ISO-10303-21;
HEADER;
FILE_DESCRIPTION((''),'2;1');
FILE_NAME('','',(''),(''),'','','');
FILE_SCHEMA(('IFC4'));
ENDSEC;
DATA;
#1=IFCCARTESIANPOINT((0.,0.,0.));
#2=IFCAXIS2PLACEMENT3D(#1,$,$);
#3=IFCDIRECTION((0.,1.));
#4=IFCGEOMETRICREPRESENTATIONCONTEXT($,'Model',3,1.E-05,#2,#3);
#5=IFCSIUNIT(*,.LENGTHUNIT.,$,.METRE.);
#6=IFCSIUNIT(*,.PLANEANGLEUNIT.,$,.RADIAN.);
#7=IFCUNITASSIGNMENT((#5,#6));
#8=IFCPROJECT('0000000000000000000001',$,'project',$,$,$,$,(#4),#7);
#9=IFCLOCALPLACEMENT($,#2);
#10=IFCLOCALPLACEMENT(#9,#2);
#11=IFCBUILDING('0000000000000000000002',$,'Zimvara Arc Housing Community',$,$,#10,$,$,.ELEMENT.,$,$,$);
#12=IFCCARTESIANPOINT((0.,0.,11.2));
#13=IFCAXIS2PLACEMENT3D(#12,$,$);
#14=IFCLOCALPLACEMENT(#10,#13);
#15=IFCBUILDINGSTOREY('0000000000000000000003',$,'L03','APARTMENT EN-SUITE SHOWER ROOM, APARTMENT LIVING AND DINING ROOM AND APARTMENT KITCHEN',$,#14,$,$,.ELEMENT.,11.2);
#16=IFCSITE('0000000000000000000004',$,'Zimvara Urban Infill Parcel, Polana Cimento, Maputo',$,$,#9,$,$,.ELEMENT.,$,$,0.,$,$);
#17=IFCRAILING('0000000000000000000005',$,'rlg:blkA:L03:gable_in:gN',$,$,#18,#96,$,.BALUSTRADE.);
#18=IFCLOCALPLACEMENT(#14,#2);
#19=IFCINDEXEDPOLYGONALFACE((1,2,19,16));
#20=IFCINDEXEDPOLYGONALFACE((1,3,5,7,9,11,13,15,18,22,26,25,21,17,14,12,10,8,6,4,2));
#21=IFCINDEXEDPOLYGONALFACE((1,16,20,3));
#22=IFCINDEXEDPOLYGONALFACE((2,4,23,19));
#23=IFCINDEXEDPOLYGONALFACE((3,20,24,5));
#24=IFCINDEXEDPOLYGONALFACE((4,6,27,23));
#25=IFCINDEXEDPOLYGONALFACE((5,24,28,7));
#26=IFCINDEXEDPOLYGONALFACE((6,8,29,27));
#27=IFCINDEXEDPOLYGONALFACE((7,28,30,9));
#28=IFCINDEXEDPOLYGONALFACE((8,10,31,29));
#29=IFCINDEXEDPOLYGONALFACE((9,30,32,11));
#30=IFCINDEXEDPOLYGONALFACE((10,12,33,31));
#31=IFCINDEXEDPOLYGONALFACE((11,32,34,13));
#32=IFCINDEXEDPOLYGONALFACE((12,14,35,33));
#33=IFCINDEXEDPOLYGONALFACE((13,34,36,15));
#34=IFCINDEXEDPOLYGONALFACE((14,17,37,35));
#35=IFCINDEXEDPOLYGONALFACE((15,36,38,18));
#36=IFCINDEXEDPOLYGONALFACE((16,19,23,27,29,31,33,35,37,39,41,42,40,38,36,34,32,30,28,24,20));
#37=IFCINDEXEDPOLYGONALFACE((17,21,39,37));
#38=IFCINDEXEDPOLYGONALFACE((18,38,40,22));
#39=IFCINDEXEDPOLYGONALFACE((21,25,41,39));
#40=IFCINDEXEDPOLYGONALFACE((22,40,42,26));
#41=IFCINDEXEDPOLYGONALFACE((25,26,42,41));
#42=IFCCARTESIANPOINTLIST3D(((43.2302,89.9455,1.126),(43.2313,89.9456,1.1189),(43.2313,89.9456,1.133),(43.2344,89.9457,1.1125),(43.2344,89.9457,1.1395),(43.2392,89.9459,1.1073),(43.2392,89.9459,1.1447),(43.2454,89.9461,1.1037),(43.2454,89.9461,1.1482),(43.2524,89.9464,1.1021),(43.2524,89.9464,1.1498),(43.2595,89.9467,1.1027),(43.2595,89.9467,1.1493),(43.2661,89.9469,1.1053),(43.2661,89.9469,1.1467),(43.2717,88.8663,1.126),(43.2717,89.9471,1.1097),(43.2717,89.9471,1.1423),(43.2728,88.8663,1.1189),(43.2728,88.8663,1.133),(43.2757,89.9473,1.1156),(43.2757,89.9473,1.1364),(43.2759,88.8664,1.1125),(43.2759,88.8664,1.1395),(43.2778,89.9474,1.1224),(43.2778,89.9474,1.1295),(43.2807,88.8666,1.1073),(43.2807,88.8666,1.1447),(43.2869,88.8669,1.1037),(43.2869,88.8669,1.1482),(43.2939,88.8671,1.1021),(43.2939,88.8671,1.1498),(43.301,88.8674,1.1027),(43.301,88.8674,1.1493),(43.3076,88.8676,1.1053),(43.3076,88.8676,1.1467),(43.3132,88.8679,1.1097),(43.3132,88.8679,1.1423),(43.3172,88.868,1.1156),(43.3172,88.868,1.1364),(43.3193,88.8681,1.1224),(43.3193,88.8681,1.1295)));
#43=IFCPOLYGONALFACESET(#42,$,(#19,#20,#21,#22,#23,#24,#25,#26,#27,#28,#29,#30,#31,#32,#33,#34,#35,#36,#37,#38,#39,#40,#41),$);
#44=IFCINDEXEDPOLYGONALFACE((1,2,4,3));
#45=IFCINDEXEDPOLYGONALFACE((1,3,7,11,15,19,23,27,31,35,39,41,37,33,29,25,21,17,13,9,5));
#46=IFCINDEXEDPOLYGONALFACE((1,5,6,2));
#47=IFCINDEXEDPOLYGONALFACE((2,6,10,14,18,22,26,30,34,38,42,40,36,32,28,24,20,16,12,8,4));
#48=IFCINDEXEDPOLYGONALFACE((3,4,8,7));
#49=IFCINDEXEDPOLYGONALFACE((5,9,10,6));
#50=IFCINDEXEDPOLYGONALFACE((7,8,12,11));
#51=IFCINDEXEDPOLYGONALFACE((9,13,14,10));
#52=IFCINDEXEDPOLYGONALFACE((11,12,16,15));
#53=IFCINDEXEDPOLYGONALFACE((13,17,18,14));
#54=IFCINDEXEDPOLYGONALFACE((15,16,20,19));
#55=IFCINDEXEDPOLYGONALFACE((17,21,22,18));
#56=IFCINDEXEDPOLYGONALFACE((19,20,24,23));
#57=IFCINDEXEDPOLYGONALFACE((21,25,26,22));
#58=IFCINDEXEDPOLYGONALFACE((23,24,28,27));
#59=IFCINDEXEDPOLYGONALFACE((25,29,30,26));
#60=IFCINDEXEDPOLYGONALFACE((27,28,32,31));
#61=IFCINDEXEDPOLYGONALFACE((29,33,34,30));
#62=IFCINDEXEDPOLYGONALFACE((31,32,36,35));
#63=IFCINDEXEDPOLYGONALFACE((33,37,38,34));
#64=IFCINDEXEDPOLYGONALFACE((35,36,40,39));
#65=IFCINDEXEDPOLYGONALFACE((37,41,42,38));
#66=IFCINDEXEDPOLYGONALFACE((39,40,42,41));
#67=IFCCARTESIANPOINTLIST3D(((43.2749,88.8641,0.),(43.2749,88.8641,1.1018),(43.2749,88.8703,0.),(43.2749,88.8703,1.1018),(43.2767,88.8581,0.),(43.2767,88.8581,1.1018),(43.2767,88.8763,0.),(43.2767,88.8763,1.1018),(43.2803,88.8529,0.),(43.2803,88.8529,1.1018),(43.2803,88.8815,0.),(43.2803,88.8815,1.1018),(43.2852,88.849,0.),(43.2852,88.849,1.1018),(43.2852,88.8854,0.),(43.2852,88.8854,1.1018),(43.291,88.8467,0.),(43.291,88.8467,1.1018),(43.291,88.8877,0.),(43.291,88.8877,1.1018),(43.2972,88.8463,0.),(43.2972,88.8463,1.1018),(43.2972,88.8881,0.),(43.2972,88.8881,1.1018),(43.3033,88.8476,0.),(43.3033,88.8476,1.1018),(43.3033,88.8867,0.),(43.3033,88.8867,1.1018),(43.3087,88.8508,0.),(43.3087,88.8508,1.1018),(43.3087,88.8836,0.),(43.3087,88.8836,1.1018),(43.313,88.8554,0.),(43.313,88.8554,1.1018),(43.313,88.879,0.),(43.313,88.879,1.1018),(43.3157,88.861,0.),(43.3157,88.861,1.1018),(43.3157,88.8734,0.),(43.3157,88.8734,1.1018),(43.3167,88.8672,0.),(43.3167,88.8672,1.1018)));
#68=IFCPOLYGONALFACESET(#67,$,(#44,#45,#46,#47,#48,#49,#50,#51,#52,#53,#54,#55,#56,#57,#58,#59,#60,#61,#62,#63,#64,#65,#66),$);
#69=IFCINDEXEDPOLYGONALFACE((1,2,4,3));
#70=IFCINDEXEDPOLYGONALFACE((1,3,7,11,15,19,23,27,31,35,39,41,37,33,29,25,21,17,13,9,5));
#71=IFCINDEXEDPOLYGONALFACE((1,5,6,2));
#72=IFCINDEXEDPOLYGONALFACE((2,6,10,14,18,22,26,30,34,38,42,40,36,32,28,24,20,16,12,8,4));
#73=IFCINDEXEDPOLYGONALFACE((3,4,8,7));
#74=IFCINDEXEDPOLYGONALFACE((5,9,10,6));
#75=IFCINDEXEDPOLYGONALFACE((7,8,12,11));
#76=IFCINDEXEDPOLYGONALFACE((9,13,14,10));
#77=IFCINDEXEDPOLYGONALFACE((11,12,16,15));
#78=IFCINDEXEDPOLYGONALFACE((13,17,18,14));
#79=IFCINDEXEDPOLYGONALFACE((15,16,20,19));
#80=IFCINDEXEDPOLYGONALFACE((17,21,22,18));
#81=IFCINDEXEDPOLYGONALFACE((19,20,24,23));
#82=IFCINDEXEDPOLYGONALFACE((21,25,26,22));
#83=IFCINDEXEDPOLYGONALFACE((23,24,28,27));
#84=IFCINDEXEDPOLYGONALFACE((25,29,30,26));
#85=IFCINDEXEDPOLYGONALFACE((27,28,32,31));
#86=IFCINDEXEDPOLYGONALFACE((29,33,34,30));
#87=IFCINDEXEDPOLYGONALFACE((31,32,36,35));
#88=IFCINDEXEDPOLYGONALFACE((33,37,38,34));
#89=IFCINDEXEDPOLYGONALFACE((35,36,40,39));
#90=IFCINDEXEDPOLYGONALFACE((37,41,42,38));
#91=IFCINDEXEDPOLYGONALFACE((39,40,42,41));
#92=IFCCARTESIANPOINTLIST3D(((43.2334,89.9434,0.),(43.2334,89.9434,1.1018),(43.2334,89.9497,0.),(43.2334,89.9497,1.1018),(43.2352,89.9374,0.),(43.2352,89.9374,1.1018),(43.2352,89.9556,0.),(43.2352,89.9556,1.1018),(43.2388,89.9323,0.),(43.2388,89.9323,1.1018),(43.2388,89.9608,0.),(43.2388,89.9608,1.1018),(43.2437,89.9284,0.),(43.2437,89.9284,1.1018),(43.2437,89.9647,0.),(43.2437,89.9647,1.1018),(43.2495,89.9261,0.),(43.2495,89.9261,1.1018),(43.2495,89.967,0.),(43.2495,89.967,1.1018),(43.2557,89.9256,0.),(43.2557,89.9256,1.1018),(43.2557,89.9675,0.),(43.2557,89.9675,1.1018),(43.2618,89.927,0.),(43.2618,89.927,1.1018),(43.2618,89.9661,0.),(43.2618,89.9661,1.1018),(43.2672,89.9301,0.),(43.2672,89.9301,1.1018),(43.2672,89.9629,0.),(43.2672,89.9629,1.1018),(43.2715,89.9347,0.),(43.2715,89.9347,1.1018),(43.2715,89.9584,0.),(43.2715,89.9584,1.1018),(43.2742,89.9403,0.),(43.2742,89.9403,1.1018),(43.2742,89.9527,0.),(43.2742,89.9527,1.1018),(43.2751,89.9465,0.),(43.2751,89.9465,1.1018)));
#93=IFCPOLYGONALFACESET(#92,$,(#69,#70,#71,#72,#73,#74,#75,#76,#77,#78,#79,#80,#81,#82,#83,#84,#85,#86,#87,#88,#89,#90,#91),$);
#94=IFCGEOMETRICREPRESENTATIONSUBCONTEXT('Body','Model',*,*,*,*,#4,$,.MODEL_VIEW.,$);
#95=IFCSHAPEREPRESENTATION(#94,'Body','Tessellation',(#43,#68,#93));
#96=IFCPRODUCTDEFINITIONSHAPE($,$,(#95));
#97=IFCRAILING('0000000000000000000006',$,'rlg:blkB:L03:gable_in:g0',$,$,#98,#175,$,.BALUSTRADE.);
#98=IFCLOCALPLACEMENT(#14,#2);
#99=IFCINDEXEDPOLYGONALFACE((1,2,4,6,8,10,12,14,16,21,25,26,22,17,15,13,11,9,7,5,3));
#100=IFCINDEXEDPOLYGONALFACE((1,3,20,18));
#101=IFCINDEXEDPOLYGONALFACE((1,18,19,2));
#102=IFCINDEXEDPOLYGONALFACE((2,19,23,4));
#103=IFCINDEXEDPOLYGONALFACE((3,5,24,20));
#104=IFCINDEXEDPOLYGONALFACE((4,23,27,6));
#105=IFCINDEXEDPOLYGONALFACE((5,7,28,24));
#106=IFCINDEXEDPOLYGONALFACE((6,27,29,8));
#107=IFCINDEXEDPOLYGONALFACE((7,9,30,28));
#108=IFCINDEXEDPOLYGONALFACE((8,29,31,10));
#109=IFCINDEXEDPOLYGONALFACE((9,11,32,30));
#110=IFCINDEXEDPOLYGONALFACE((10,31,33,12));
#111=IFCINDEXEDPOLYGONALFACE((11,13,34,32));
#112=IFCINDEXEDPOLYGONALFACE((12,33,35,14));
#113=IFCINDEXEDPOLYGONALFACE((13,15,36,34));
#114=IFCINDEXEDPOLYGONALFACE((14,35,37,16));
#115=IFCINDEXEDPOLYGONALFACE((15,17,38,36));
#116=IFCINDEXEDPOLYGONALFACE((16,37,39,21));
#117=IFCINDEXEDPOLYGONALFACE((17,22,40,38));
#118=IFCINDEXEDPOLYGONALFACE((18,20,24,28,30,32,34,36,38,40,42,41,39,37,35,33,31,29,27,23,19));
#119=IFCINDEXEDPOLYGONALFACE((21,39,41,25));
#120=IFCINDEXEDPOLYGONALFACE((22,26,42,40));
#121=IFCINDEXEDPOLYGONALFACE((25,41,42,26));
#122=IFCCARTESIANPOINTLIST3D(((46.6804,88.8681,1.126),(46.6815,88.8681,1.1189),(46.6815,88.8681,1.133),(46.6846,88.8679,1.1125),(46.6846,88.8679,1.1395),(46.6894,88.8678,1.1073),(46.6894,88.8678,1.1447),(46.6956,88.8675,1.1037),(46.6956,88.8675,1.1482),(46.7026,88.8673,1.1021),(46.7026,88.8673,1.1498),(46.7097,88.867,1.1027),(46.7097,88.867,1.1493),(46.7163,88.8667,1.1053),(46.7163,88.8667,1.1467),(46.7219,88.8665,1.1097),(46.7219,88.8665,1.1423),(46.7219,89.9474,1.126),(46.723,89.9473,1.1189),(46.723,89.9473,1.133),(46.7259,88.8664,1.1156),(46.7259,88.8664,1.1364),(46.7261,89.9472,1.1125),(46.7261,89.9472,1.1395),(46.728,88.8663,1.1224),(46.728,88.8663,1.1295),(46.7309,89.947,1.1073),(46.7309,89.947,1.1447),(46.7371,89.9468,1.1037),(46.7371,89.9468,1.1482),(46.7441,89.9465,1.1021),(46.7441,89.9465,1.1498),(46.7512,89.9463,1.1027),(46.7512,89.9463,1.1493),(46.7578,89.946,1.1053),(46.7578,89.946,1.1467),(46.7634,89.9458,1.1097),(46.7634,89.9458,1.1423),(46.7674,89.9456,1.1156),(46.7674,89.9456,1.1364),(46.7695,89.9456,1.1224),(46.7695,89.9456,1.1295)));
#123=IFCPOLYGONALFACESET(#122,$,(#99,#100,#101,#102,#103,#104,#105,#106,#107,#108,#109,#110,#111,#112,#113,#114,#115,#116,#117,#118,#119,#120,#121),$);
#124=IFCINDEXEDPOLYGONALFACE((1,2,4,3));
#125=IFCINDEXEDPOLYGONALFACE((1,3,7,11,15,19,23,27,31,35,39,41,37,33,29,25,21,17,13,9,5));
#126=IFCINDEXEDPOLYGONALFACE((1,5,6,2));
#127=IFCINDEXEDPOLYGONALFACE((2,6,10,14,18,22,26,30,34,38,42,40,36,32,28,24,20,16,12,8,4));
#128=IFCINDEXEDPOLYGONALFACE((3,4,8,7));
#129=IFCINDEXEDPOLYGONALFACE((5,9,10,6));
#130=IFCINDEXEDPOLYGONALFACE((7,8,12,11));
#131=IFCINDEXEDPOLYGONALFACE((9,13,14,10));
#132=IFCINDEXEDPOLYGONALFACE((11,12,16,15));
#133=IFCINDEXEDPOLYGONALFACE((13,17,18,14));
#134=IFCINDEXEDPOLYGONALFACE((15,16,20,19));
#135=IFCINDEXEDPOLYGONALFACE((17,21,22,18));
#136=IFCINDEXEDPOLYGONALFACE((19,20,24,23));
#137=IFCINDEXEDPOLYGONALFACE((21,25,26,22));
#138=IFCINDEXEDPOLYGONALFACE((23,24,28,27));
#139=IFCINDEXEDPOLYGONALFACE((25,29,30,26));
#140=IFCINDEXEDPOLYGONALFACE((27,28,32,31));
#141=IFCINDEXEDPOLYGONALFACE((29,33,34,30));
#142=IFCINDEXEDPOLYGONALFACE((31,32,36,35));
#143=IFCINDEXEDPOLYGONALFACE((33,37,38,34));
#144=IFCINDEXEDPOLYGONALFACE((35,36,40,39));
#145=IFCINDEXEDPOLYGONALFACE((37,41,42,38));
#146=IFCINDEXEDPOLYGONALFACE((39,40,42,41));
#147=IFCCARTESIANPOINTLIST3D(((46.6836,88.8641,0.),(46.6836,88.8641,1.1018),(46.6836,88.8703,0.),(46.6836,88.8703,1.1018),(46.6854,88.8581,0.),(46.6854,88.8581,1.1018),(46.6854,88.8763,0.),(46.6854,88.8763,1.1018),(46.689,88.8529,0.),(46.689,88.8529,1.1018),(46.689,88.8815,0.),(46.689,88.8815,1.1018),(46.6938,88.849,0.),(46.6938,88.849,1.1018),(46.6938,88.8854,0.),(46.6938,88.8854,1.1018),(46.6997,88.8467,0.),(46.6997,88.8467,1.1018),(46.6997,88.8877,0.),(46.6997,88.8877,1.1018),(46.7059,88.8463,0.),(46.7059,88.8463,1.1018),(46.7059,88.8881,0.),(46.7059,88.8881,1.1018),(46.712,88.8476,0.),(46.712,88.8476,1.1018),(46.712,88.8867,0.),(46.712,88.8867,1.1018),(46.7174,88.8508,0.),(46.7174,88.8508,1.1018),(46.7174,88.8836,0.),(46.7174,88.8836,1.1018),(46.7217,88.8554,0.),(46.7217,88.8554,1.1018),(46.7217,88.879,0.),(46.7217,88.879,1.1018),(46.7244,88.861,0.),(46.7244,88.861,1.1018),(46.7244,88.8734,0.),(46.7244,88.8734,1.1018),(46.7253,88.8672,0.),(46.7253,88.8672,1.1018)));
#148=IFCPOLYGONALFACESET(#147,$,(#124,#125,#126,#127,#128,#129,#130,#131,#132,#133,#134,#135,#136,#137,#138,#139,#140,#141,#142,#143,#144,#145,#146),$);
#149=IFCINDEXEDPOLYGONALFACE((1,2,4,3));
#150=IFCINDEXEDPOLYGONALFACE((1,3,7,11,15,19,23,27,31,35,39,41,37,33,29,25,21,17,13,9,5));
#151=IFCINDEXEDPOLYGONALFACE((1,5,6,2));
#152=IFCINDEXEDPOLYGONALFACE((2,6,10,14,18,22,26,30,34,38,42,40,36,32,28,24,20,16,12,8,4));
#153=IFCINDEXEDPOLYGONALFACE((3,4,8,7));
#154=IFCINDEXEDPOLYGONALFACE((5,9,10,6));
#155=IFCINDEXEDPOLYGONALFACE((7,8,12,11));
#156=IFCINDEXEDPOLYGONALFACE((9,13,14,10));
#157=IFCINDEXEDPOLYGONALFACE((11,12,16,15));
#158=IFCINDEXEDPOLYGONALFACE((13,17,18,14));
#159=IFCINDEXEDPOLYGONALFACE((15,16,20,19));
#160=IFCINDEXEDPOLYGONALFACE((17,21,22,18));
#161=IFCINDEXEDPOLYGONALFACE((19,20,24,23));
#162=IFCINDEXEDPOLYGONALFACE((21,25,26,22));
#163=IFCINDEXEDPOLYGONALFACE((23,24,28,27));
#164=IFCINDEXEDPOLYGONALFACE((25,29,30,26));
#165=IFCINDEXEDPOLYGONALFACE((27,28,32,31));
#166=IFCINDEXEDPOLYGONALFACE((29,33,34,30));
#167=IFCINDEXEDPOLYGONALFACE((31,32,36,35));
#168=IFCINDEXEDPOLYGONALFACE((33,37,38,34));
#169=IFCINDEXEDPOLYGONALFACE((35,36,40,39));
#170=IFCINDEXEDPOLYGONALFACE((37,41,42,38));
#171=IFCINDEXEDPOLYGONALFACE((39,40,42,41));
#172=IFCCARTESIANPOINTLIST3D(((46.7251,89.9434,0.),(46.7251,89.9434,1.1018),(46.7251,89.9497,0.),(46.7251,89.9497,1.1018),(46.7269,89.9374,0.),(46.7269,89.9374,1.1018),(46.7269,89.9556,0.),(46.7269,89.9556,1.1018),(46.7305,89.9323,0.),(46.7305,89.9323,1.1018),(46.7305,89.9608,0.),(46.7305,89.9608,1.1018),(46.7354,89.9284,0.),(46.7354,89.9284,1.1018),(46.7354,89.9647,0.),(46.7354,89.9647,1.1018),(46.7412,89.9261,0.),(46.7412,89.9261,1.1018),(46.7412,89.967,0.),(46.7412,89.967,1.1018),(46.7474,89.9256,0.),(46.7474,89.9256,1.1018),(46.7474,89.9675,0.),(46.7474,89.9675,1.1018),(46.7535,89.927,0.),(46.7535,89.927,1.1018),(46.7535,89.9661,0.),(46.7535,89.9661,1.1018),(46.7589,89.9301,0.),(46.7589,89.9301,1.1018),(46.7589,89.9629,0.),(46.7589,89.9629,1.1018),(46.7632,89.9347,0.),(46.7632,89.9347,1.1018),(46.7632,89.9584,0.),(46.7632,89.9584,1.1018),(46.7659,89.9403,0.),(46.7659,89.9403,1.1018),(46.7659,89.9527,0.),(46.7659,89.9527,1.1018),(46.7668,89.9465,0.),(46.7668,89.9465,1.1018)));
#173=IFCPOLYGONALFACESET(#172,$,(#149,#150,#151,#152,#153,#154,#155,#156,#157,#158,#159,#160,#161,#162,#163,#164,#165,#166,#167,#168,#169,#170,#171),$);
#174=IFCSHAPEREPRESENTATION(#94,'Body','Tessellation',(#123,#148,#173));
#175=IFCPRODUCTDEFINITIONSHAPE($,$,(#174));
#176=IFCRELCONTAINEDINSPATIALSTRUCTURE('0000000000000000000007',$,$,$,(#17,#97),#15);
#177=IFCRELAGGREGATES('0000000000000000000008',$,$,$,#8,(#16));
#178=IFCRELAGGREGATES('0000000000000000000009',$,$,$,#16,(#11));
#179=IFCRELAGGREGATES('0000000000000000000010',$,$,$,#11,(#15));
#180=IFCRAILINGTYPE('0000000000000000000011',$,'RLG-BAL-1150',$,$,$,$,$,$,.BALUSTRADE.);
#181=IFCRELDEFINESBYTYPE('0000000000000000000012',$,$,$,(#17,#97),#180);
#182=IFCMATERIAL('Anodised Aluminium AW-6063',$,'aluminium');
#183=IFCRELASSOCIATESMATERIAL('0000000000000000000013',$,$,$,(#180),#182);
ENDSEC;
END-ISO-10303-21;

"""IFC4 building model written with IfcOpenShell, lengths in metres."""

from ifc_helpers import new_model, si_unit, direction, frame, origin, origin_2d, place, context, subcontext, project, spatial, circle, extrude, material, type_object, element, save


model = new_model("IFC4")

# Units and contexts
model_context = context("Model", 3, precision=1e-05, world=origin(), true_north=direction((0.0, 1.0)))
body_context = subcontext(model_context, "Body", "Model", "MODEL_VIEW")
ifc_project = project(units=[si_unit("LENGTHUNIT", "METRE"), si_unit("PLANEANGLEUNIT", "RADIAN")], contexts=[model_context])

# Site, building, storey
site_placement = place(None, origin())
site = spatial("IfcSite", under=ifc_project, at=site_placement, Name="Zimvara Urban Infill Parcel, Polana Cimento, Maputo", CompositionType="ELEMENT", RefElevation=0.0)
building_placement = place(site_placement, origin())
building = spatial("IfcBuilding", under=site, at=building_placement, Name="Zimvara Arc Housing Community", CompositionType="ELEMENT")
storey_placement = place(building_placement, frame((0.0, 0.0, 11.2)))
storey = spatial("IfcBuildingStorey", under=building, at=storey_placement, Name="L03", Description="APARTMENT EN-SUITE SHOWER ROOM, APARTMENT LIVING AND DINING ROOM AND APARTMENT KITCHEN", CompositionType="ELEMENT", Elevation=11.2)

# Railings
ifc_material_1 = material(Name="Anodised Aluminium AW-6063", Category="aluminium")
railing_type = type_object("IfcRailingType", Name="RLG-BAL-1150", PredefinedType="BALUSTRADE", material=ifc_material_1)
railing_1_placement = place(storey_placement, frame((43.2957, 88.8672, 0.0)))
element("IfcRailing", 1, at=railing_1_placement, inside=storey, type_object=railing_type, Name="rlg:blkA:L03:gable_in:gN", PredefinedType="BALUSTRADE", context=body_context, shape_type="SweptSolid", body=[
    extrude(circle(Radius=0.0239, at=origin_2d()), frame((0.0, 0.0, 1.126), z_axis=(-0.038424, 0.999262, 0.0), x_axis=(-0.999262, -0.038424, 0.0)), (0.0, 0.0, 1.0), 1.0801),
    extrude(circle(Radius=0.021, at=origin_2d()), origin(), (0.0, 0.0, 1.0), 1.1018),
    extrude(circle(Radius=0.021, at=origin_2d()), frame((-0.0415, 1.0793, 0.0)), (0.0, 0.0, 1.0), 1.1018),
])
railing_2_placement = place(storey_placement, frame((46.7043, 88.8672, 0.0)))
element("IfcRailing", 2, at=railing_2_placement, inside=storey, type_object=railing_type, Name="rlg:blkB:L03:gable_in:g0", PredefinedType="BALUSTRADE", context=body_context, shape_type="SweptSolid", body=[
    extrude(circle(Radius=0.0239, at=origin_2d()), frame((0.0, 0.0, 1.126), z_axis=(0.038424, 0.999262, 0.0), x_axis=(-0.999262, 0.038424, 0.0)), (0.0, 0.0, 1.0), 1.0801),
    extrude(circle(Radius=0.021, at=origin_2d()), origin(), (0.0, 0.0, 1.0), 1.1018),
    extrude(circle(Radius=0.021, at=origin_2d()), frame((0.0415, 1.0793, 0.0)), (0.0, 0.0, 1.0), 1.1018),
])

save(model, "model.ifc")
